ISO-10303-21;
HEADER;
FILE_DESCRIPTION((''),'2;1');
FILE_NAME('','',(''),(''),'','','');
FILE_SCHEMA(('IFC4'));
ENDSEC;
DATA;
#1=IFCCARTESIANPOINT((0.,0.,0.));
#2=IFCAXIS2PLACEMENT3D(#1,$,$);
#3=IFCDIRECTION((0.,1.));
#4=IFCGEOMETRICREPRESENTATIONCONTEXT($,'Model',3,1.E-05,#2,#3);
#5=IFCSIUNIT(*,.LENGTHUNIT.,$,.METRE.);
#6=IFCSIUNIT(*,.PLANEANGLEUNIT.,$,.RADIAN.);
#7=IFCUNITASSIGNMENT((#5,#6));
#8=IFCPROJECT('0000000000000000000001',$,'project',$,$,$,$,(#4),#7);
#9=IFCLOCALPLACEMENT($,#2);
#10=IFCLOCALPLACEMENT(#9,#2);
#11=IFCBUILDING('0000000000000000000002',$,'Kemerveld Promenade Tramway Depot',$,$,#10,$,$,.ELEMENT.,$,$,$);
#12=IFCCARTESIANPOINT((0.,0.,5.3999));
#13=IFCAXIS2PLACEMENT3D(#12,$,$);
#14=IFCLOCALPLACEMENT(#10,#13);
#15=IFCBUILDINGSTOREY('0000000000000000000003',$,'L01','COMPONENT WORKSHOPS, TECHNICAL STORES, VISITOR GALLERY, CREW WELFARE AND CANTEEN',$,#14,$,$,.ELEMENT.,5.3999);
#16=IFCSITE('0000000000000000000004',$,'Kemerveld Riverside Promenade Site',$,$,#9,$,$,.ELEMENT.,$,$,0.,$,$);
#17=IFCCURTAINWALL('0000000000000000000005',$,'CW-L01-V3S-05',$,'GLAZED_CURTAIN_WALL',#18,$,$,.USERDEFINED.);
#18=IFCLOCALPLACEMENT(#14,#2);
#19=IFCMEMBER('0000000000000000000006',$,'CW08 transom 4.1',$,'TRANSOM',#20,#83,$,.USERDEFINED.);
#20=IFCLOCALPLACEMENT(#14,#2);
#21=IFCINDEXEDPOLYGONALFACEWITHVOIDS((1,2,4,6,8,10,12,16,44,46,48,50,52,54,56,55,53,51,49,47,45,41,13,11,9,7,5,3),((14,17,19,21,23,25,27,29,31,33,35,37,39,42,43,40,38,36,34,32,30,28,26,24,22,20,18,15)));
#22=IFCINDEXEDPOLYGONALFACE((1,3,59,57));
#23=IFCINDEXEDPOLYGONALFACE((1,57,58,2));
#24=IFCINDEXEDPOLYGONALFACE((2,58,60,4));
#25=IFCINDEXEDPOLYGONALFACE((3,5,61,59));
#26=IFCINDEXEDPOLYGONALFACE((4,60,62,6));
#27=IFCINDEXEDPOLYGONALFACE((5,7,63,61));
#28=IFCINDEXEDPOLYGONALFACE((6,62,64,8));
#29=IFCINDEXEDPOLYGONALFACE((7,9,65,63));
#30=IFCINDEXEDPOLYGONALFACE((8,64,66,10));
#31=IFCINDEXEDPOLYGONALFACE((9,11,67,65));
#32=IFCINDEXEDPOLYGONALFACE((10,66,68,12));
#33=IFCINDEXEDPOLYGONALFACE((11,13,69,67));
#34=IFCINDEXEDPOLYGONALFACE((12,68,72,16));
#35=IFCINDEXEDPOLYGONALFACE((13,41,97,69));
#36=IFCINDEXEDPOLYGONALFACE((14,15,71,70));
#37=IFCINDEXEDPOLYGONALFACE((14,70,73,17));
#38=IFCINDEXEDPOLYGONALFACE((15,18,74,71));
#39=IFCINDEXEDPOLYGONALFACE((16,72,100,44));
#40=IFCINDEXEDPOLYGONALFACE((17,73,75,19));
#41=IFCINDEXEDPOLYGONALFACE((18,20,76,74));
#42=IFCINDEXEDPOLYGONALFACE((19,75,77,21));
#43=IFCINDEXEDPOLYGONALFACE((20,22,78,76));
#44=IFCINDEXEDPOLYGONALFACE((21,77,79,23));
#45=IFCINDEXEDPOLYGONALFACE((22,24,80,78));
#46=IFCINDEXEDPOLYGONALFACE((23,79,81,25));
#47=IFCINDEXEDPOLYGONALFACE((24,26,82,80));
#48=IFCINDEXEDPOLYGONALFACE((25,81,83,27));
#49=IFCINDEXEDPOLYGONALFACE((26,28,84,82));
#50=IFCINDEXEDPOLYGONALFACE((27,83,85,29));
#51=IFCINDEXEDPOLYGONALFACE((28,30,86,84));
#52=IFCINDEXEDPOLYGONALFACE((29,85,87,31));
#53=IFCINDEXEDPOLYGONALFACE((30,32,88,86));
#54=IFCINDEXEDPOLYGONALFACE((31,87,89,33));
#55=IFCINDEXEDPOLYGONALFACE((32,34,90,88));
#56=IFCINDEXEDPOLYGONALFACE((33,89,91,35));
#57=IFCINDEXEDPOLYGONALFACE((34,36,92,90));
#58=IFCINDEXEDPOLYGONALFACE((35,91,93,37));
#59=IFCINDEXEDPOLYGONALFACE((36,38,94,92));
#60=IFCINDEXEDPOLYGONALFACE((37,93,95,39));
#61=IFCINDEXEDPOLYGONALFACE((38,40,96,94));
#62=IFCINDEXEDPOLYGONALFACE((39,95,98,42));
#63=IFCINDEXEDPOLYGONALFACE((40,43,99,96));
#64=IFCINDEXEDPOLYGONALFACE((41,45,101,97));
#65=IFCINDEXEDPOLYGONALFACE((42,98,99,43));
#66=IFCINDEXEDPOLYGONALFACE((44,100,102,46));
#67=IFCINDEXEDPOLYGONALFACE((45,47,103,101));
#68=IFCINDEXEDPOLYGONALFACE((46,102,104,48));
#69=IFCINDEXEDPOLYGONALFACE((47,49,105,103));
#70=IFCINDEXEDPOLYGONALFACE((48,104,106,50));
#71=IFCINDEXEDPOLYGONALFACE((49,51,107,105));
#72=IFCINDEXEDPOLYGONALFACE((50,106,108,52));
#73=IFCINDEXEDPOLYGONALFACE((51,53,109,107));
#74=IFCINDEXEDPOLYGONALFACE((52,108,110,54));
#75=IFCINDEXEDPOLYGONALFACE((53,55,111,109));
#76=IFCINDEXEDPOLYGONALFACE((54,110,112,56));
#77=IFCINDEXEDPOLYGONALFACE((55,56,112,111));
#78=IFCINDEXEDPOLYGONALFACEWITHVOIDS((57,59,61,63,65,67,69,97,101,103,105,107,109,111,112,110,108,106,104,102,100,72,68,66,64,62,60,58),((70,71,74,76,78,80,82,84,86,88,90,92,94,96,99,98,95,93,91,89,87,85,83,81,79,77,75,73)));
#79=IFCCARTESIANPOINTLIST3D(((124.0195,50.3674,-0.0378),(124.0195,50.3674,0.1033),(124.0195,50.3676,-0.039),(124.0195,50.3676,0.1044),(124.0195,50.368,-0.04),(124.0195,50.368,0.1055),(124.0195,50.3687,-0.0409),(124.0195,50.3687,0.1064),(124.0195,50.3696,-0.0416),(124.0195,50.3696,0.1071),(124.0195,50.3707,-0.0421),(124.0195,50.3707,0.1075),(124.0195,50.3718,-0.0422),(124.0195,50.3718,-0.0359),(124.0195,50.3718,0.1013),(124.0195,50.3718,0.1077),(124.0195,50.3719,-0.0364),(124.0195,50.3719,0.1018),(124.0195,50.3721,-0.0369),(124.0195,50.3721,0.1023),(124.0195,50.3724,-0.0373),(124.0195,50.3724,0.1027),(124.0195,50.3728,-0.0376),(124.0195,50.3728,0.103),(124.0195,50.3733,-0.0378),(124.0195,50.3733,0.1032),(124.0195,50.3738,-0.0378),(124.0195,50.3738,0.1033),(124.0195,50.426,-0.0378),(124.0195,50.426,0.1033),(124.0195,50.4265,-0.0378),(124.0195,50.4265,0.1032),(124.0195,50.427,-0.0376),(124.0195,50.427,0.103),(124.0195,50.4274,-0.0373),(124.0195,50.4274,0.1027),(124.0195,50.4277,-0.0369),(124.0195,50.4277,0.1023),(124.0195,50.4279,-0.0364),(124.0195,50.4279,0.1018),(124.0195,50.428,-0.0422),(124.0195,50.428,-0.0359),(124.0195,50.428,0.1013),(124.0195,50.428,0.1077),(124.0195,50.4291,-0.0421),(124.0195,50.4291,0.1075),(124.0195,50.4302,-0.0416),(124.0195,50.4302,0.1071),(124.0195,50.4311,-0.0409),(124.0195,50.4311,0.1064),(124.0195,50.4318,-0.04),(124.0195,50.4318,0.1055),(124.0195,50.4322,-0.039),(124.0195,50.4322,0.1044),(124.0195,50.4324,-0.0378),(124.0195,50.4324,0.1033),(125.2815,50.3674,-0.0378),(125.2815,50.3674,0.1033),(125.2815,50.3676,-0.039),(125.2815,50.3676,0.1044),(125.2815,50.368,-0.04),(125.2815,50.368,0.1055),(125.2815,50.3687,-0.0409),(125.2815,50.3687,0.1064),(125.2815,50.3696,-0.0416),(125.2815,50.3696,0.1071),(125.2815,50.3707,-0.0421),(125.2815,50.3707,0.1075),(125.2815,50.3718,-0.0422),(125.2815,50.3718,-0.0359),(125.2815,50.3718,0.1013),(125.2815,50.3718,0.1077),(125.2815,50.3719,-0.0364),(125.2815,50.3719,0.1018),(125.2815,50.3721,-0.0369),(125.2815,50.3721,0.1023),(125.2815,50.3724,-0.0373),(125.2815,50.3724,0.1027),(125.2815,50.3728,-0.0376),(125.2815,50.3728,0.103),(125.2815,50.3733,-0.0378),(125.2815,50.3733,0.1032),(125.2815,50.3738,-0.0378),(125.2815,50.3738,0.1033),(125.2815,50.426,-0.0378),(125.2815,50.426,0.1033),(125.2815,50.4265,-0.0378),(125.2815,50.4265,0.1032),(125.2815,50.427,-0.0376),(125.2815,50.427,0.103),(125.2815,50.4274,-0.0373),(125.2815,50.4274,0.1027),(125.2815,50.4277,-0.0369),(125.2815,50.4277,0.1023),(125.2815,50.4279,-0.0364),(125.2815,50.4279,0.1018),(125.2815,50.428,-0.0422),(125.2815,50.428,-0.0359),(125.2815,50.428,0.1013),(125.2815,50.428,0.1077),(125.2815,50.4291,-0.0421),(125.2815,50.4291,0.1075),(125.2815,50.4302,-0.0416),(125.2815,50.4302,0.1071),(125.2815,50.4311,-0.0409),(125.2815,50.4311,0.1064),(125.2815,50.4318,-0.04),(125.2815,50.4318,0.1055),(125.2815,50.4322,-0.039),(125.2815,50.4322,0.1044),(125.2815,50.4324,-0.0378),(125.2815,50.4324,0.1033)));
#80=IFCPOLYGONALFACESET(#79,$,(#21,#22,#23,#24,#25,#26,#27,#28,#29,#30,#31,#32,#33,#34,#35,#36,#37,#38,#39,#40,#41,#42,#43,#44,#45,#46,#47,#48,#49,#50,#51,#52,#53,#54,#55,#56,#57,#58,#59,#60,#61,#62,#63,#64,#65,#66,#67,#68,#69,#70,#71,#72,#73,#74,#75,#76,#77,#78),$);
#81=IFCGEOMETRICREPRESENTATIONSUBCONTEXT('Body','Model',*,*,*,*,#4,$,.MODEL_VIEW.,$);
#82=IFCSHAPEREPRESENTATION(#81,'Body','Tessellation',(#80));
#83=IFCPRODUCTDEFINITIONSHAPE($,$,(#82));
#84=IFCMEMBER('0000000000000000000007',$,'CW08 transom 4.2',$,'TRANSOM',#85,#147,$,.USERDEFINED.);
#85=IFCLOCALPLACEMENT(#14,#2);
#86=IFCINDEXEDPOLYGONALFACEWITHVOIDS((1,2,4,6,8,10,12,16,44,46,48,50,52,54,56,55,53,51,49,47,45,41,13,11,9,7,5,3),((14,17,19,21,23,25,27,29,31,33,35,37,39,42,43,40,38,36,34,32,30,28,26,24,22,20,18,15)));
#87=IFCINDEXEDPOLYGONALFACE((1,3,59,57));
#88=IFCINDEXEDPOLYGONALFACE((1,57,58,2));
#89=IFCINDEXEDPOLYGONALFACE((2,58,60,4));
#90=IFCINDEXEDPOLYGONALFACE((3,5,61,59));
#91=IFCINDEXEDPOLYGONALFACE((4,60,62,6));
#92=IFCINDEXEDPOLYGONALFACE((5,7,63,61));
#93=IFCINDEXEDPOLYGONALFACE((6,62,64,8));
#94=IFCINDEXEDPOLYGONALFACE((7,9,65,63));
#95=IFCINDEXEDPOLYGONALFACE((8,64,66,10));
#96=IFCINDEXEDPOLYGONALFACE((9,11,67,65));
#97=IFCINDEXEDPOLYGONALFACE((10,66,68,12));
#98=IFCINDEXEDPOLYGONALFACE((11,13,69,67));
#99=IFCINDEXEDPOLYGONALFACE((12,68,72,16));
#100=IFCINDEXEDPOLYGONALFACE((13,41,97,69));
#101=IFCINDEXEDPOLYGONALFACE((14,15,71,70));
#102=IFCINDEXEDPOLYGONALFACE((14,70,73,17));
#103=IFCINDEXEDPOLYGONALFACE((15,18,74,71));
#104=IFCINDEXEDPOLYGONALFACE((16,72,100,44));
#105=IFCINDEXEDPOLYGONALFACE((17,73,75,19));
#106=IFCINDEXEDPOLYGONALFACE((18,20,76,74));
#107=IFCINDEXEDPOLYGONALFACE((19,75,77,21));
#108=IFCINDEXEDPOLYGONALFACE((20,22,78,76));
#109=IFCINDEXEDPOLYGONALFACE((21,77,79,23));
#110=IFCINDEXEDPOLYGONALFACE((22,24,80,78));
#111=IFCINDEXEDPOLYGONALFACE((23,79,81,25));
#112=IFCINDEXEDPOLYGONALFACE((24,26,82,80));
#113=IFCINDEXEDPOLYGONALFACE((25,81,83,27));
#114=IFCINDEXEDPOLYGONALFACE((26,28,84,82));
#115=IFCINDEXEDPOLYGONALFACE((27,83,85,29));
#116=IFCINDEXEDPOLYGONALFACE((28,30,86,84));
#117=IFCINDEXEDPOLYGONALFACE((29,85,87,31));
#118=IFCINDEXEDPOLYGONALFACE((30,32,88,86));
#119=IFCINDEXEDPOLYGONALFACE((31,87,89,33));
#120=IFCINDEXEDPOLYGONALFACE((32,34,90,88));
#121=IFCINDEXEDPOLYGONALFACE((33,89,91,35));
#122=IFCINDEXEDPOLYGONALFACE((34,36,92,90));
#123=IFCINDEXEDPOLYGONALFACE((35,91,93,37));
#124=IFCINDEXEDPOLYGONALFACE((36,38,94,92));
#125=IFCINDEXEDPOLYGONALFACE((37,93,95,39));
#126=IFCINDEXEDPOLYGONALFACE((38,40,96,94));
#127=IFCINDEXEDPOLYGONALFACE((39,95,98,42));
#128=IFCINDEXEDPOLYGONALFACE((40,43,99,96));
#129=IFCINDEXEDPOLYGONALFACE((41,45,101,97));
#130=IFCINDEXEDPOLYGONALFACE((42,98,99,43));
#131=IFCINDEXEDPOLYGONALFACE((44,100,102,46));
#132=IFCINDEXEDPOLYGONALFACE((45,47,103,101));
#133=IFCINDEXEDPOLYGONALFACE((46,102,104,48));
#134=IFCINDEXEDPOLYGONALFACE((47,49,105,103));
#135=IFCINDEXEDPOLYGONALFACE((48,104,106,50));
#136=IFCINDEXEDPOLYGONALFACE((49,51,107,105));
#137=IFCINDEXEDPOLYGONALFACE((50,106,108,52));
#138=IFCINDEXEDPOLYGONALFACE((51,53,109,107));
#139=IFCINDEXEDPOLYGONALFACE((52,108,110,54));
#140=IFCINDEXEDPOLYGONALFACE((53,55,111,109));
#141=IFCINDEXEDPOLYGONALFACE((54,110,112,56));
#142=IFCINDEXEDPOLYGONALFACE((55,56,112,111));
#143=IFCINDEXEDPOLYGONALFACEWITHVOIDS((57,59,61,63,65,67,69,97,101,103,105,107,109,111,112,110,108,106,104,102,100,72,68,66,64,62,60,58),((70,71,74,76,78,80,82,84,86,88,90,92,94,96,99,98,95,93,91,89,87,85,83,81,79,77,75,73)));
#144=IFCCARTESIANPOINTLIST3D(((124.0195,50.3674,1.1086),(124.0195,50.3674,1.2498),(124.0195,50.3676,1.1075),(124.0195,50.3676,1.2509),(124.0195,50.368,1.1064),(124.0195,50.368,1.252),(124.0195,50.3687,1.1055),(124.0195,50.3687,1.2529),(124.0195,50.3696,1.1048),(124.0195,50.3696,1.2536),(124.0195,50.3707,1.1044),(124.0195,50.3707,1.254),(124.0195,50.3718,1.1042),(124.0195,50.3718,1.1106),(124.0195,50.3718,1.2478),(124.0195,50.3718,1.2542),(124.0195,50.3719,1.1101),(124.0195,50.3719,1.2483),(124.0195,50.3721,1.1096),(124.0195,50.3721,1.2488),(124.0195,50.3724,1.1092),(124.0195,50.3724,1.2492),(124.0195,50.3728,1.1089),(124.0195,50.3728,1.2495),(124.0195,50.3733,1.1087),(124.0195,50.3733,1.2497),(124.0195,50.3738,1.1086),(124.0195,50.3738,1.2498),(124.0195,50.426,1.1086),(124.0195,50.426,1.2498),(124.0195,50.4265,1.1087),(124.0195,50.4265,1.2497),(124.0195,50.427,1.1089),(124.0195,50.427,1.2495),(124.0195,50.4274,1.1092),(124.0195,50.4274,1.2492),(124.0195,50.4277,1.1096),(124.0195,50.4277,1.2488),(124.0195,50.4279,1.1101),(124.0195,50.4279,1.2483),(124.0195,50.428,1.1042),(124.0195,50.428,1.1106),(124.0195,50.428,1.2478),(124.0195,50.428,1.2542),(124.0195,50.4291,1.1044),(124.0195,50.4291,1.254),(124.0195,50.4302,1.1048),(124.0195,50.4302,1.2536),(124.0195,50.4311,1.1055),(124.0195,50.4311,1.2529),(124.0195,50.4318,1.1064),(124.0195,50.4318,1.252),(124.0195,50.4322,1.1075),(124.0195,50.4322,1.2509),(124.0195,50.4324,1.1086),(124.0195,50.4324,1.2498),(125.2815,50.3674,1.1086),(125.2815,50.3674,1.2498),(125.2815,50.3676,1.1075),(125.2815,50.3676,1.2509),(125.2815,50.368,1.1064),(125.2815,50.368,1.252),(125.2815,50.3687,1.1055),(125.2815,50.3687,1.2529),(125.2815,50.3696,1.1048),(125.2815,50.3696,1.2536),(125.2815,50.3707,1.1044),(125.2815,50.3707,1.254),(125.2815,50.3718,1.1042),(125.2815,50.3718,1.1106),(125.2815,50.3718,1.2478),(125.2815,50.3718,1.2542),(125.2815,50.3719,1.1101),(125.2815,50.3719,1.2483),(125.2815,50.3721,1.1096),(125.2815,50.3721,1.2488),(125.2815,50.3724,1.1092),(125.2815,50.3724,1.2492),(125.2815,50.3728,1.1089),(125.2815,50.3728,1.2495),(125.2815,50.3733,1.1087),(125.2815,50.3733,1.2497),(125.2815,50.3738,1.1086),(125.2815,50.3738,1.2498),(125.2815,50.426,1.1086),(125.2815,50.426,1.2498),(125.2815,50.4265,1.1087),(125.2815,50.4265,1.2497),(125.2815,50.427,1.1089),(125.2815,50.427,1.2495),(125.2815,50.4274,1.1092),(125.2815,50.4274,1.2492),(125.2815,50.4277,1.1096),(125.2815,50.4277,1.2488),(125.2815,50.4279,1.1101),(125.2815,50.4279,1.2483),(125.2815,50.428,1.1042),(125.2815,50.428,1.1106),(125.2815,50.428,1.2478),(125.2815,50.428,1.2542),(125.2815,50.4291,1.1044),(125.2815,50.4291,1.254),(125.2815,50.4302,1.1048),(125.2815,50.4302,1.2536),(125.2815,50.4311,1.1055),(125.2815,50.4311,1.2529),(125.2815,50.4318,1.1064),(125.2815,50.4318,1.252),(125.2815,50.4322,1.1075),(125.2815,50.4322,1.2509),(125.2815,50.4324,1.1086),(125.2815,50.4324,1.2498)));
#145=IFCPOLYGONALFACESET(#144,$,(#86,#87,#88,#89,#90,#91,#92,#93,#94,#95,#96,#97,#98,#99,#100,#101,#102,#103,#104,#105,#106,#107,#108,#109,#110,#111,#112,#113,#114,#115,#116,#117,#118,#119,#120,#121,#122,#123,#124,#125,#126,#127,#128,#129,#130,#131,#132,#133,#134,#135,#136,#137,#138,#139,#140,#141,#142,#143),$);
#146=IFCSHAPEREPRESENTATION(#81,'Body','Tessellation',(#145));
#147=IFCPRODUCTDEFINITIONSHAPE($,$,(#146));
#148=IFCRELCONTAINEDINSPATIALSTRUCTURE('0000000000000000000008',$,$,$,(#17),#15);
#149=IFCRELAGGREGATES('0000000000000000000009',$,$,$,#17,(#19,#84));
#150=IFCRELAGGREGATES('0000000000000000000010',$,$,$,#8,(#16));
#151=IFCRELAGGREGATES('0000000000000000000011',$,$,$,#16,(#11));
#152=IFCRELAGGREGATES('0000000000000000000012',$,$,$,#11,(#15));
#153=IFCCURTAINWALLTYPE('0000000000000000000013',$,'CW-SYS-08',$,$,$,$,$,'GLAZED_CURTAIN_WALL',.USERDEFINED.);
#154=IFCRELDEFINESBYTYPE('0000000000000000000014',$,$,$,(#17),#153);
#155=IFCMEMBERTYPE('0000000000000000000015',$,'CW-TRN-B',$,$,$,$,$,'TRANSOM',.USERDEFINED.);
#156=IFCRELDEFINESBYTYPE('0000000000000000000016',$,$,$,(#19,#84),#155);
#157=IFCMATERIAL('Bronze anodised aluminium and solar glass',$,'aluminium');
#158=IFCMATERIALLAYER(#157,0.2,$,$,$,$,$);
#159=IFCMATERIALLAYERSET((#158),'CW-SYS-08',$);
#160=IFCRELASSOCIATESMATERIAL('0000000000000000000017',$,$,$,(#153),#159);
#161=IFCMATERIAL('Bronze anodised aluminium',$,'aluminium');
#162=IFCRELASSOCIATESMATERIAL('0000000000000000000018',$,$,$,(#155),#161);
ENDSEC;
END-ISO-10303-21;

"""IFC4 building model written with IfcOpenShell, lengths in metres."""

from ifc_helpers import new_model, si_unit, direction, frame, origin, origin_2d, place, context, subcontext, project, spatial, hollow_rectangle, extrude, material, layer, layer_set, material_profile, profile_set, type_object, element, aggregate, save


model = new_model("IFC4")

# Units and contexts
model_context = context("Model", 3, precision=1e-05, world=origin(), true_north=direction((0.0, 1.0)))
body_context = subcontext(model_context, "Body", "Model", "MODEL_VIEW")
ifc_project = project(units=[si_unit("LENGTHUNIT", "METRE"), si_unit("PLANEANGLEUNIT", "RADIAN")], contexts=[model_context])

# Site, building, storey
site_placement = place(None, origin())
site = spatial("IfcSite", under=ifc_project, at=site_placement, Name="Kemerveld Riverside Promenade Site", CompositionType="ELEMENT", RefElevation=0.0)
building_placement = place(site_placement, origin())
building = spatial("IfcBuilding", under=site, at=building_placement, Name="Kemerveld Promenade Tramway Depot", CompositionType="ELEMENT")
storey_placement = place(building_placement, frame((0.0, 0.0, 5.3999)))
storey = spatial("IfcBuildingStorey", under=building, at=storey_placement, Name="L01", Description="COMPONENT WORKSHOPS, TECHNICAL STORES, VISITOR GALLERY, CREW WELFARE AND CANTEEN", CompositionType="ELEMENT", Elevation=5.3999)

# Curtain wall, members
ifc_material_1 = material(Name="Bronze anodised aluminium and solar glass", Category="aluminium")
ifc_layer_1 = layer(ifc_material_1, 0.2)
ifc_layer_set_1 = layer_set([ifc_layer_1], Name="CW-SYS-08")
curtain_wall_type = type_object("IfcCurtainWallType", Name="CW-SYS-08", ElementType="GLAZED_CURTAIN_WALL", PredefinedType="USERDEFINED", material=ifc_layer_set_1)
curtain_wall_placement = place(storey_placement, origin())
curtain_wall = element("IfcCurtainWall", 1, at=curtain_wall_placement, inside=storey, type_object=curtain_wall_type, Name="CW-L01-V3S-05", ObjectType="GLAZED_CURTAIN_WALL", PredefinedType="USERDEFINED")
ifc_material_2 = material(Name="Bronze anodised aluminium", Category="aluminium")
ifc_material_profile_1 = material_profile(ifc_material_2, hollow_rectangle(XDim=0.0649, YDim=0.1499, WallThickness=0.0044, InnerFilletRadius=0.002, OuterFilletRadius=0.0044, at=origin_2d()), Name="CW-TRN-150x65")
ifc_profile_set_1 = profile_set([ifc_material_profile_1], Name="Bronze anodised aluminium")
member_type_1 = type_object("IfcMemberType", Name="CW-TRN-B", ElementType="TRANSOM", PredefinedType="USERDEFINED", material=ifc_profile_set_1)
member_1_placement = place(storey_placement, frame((125.2815, 50.3999, 0.0327), z_axis=(-1.0, 0.0, 0.0), x_axis=(0.0, -1.0, 0.0)))
member_1 = element("IfcMember", 2, at=member_1_placement, type_object=member_type_1, Name="CW08 transom 4.1", ObjectType="TRANSOM", PredefinedType="USERDEFINED", context=body_context, shape_type="SweptSolid", body=[
    extrude(hollow_rectangle(XDim=0.0649, YDim=0.1499, WallThickness=0.0044, InnerFilletRadius=0.002, OuterFilletRadius=0.0044, at=origin_2d()), origin(), (0.0, 0.0, 1.0), 1.262),
])
member_2_placement = place(storey_placement, frame((125.2815, 50.3999, 1.1792), z_axis=(-1.0, 0.0, 0.0), x_axis=(0.0, -1.0, 0.0)))
member_2 = element("IfcMember", 3, at=member_2_placement, type_object=member_type_1, Name="CW08 transom 4.2", ObjectType="TRANSOM", PredefinedType="USERDEFINED", context=body_context, shape_type="SweptSolid", body=[
    extrude(hollow_rectangle(XDim=0.0649, YDim=0.1499, WallThickness=0.0044, InnerFilletRadius=0.002, OuterFilletRadius=0.0044, at=origin_2d()), origin(), (0.0, 0.0, 1.0), 1.262),
])
aggregate(curtain_wall, [member_1, member_2])

save(model, "model.ifc")
